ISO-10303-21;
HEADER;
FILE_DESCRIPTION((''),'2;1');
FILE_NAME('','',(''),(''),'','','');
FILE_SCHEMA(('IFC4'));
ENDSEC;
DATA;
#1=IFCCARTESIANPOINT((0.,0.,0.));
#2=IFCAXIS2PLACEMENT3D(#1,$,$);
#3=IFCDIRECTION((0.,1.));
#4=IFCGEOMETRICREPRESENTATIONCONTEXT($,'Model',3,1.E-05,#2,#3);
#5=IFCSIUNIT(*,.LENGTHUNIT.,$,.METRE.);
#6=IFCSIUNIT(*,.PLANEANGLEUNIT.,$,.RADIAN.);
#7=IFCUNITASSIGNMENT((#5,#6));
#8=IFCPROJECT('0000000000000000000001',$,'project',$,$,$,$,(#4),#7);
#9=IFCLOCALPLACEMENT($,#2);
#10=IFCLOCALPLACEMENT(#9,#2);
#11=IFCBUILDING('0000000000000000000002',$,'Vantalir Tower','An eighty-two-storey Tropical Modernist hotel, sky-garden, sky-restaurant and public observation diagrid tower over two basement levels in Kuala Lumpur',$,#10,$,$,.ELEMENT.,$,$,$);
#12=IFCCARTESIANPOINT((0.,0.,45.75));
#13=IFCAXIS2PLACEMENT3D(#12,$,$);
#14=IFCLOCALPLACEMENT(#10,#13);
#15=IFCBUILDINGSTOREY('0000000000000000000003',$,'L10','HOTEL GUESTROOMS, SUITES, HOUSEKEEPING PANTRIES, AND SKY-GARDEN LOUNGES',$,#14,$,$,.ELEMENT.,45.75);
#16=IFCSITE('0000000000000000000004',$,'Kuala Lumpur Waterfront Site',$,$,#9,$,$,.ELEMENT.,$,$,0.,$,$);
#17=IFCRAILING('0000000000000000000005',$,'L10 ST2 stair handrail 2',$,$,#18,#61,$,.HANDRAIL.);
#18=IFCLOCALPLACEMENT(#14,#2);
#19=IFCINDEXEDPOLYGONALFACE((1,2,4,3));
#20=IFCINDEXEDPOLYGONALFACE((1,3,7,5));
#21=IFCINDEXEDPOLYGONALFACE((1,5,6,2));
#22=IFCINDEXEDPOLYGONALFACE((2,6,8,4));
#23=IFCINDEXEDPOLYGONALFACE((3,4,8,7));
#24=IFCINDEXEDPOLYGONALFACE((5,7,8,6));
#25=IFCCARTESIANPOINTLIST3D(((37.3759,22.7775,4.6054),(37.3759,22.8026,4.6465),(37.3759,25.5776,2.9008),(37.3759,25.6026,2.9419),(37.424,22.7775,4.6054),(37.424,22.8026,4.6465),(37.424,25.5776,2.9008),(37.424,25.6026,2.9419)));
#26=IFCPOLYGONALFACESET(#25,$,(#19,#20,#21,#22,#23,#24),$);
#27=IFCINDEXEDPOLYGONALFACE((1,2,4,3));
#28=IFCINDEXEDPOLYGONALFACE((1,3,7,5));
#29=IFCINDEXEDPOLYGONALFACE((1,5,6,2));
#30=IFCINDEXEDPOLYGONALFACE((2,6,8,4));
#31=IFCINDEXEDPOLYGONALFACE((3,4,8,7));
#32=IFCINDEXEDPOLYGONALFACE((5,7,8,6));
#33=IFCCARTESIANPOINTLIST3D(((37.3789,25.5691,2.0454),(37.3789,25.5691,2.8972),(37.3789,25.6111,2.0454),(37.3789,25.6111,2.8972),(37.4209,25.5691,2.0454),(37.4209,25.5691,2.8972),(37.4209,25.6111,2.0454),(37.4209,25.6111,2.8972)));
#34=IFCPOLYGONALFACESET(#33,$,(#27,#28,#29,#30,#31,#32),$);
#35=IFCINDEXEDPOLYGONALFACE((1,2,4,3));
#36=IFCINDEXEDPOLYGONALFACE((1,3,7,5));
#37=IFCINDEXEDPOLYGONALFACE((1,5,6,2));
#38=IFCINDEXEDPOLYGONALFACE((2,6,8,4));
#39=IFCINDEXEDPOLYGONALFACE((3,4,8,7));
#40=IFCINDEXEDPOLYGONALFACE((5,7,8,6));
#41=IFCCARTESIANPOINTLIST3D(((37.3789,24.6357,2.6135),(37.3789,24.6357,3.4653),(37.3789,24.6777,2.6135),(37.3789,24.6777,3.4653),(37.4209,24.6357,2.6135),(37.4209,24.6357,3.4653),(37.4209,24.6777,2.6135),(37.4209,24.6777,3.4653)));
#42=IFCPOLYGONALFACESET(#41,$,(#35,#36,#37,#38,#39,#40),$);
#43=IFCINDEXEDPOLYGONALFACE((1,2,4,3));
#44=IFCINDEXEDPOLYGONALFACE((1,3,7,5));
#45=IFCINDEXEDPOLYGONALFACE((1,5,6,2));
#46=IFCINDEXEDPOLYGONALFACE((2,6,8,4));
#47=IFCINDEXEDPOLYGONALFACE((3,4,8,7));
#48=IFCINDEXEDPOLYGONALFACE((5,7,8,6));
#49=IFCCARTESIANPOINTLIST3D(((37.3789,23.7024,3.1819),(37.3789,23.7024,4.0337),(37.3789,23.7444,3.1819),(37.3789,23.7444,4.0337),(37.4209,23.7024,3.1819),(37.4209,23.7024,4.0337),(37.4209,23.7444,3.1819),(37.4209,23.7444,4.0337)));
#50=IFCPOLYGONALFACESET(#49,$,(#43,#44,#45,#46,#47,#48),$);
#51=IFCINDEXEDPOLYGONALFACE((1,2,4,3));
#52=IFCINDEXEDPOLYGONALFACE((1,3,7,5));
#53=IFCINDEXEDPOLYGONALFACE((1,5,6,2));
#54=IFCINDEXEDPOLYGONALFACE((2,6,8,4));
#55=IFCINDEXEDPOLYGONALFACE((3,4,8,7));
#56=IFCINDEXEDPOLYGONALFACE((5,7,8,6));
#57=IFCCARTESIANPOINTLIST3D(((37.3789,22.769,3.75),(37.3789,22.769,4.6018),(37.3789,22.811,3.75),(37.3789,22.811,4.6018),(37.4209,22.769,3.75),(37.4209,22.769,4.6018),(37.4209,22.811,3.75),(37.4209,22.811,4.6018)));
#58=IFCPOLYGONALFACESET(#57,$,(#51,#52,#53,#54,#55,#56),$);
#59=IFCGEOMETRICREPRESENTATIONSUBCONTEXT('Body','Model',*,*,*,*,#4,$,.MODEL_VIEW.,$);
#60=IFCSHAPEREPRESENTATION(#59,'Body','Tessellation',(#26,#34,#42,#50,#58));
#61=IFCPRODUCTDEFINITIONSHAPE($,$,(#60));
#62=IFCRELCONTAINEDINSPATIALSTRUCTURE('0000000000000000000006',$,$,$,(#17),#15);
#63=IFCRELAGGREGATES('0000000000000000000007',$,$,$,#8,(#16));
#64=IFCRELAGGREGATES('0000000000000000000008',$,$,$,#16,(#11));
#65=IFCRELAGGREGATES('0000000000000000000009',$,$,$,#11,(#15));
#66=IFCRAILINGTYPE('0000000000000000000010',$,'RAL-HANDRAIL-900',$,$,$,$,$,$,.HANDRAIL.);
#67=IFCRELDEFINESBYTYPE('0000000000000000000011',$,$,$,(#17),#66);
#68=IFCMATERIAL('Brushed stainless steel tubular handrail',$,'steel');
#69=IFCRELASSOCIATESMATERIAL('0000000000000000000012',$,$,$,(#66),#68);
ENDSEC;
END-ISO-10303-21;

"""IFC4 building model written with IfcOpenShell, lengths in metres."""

from ifc_helpers import new_model, si_unit, direction, frame, origin, origin_2d, place, context, subcontext, project, spatial, rectangle, extrude, material, type_object, element, save


model = new_model("IFC4")

# Units and contexts
model_context = context("Model", 3, precision=1e-05, world=origin(), true_north=direction((0.0, 1.0)))
body_context = subcontext(model_context, "Body", "Model", "MODEL_VIEW")
ifc_project = project(units=[si_unit("LENGTHUNIT", "METRE"), si_unit("PLANEANGLEUNIT", "RADIAN")], contexts=[model_context])

# Site, building, storey
site_placement = place(None, origin())
site = spatial("IfcSite", under=ifc_project, at=site_placement, Name="Kuala Lumpur Waterfront Site", CompositionType="ELEMENT", RefElevation=0.0)
building_placement = place(site_placement, origin())
building = spatial("IfcBuilding", under=site, at=building_placement, Name="Vantalir Tower", Description="An eighty-two-storey Tropical Modernist hotel, sky-garden, sky-restaurant and public observation diagrid tower over two basement levels in Kuala Lumpur", CompositionType="ELEMENT")
storey_placement = place(building_placement, frame((0.0, 0.0, 45.75)))
storey = spatial("IfcBuildingStorey", under=building, at=storey_placement, Name="L10", Description="HOTEL GUESTROOMS, SUITES, HOUSEKEEPING PANTRIES, AND SKY-GARDEN LOUNGES", CompositionType="ELEMENT", Elevation=45.75)

# Railing
ifc_material_1 = material(Name="Brushed stainless steel tubular handrail", Category="steel")
railing_type_1 = type_object("IfcRailingType", Name="RAL-HANDRAIL-900", PredefinedType="HANDRAIL", material=ifc_material_1)
railing_1_placement = place(storey_placement, frame((37.3999, 25.5901, 2.0454)))
element("IfcRailing", 1, at=railing_1_placement, inside=storey, type_object=railing_type_1, Name="L10 ST2 stair handrail 2", PredefinedType="HANDRAIL", context=body_context, shape_type="SweptSolid", body=[
    extrude(rectangle(XDim=0.0481, YDim=0.0481, at=origin_2d()), frame((0.0, 0.0, 0.876), z_axis=(0.0, -0.85417, 0.519994), x_axis=(1.0, 0.0, 0.0)), (0.0, 0.0, 1.0), 3.2781),
    extrude(rectangle(XDim=0.042, YDim=0.042, at=origin_2d()), origin(), (0.0, 0.0, 1.0), 0.8518),
    extrude(rectangle(XDim=0.042, YDim=0.042, at=origin_2d()), frame((0.0, -0.9333, 0.5681)), (0.0, 0.0, 1.0), 0.8518),
    extrude(rectangle(XDim=0.042, YDim=0.042, at=origin_2d()), frame((0.0, -1.8667, 1.1365)), (0.0, 0.0, 1.0), 0.8518),
    extrude(rectangle(XDim=0.042, YDim=0.042, at=origin_2d()), frame((0.0, -2.8, 1.7046)), (0.0, 0.0, 1.0), 0.8518),
])

save(model, "model.ifc")
